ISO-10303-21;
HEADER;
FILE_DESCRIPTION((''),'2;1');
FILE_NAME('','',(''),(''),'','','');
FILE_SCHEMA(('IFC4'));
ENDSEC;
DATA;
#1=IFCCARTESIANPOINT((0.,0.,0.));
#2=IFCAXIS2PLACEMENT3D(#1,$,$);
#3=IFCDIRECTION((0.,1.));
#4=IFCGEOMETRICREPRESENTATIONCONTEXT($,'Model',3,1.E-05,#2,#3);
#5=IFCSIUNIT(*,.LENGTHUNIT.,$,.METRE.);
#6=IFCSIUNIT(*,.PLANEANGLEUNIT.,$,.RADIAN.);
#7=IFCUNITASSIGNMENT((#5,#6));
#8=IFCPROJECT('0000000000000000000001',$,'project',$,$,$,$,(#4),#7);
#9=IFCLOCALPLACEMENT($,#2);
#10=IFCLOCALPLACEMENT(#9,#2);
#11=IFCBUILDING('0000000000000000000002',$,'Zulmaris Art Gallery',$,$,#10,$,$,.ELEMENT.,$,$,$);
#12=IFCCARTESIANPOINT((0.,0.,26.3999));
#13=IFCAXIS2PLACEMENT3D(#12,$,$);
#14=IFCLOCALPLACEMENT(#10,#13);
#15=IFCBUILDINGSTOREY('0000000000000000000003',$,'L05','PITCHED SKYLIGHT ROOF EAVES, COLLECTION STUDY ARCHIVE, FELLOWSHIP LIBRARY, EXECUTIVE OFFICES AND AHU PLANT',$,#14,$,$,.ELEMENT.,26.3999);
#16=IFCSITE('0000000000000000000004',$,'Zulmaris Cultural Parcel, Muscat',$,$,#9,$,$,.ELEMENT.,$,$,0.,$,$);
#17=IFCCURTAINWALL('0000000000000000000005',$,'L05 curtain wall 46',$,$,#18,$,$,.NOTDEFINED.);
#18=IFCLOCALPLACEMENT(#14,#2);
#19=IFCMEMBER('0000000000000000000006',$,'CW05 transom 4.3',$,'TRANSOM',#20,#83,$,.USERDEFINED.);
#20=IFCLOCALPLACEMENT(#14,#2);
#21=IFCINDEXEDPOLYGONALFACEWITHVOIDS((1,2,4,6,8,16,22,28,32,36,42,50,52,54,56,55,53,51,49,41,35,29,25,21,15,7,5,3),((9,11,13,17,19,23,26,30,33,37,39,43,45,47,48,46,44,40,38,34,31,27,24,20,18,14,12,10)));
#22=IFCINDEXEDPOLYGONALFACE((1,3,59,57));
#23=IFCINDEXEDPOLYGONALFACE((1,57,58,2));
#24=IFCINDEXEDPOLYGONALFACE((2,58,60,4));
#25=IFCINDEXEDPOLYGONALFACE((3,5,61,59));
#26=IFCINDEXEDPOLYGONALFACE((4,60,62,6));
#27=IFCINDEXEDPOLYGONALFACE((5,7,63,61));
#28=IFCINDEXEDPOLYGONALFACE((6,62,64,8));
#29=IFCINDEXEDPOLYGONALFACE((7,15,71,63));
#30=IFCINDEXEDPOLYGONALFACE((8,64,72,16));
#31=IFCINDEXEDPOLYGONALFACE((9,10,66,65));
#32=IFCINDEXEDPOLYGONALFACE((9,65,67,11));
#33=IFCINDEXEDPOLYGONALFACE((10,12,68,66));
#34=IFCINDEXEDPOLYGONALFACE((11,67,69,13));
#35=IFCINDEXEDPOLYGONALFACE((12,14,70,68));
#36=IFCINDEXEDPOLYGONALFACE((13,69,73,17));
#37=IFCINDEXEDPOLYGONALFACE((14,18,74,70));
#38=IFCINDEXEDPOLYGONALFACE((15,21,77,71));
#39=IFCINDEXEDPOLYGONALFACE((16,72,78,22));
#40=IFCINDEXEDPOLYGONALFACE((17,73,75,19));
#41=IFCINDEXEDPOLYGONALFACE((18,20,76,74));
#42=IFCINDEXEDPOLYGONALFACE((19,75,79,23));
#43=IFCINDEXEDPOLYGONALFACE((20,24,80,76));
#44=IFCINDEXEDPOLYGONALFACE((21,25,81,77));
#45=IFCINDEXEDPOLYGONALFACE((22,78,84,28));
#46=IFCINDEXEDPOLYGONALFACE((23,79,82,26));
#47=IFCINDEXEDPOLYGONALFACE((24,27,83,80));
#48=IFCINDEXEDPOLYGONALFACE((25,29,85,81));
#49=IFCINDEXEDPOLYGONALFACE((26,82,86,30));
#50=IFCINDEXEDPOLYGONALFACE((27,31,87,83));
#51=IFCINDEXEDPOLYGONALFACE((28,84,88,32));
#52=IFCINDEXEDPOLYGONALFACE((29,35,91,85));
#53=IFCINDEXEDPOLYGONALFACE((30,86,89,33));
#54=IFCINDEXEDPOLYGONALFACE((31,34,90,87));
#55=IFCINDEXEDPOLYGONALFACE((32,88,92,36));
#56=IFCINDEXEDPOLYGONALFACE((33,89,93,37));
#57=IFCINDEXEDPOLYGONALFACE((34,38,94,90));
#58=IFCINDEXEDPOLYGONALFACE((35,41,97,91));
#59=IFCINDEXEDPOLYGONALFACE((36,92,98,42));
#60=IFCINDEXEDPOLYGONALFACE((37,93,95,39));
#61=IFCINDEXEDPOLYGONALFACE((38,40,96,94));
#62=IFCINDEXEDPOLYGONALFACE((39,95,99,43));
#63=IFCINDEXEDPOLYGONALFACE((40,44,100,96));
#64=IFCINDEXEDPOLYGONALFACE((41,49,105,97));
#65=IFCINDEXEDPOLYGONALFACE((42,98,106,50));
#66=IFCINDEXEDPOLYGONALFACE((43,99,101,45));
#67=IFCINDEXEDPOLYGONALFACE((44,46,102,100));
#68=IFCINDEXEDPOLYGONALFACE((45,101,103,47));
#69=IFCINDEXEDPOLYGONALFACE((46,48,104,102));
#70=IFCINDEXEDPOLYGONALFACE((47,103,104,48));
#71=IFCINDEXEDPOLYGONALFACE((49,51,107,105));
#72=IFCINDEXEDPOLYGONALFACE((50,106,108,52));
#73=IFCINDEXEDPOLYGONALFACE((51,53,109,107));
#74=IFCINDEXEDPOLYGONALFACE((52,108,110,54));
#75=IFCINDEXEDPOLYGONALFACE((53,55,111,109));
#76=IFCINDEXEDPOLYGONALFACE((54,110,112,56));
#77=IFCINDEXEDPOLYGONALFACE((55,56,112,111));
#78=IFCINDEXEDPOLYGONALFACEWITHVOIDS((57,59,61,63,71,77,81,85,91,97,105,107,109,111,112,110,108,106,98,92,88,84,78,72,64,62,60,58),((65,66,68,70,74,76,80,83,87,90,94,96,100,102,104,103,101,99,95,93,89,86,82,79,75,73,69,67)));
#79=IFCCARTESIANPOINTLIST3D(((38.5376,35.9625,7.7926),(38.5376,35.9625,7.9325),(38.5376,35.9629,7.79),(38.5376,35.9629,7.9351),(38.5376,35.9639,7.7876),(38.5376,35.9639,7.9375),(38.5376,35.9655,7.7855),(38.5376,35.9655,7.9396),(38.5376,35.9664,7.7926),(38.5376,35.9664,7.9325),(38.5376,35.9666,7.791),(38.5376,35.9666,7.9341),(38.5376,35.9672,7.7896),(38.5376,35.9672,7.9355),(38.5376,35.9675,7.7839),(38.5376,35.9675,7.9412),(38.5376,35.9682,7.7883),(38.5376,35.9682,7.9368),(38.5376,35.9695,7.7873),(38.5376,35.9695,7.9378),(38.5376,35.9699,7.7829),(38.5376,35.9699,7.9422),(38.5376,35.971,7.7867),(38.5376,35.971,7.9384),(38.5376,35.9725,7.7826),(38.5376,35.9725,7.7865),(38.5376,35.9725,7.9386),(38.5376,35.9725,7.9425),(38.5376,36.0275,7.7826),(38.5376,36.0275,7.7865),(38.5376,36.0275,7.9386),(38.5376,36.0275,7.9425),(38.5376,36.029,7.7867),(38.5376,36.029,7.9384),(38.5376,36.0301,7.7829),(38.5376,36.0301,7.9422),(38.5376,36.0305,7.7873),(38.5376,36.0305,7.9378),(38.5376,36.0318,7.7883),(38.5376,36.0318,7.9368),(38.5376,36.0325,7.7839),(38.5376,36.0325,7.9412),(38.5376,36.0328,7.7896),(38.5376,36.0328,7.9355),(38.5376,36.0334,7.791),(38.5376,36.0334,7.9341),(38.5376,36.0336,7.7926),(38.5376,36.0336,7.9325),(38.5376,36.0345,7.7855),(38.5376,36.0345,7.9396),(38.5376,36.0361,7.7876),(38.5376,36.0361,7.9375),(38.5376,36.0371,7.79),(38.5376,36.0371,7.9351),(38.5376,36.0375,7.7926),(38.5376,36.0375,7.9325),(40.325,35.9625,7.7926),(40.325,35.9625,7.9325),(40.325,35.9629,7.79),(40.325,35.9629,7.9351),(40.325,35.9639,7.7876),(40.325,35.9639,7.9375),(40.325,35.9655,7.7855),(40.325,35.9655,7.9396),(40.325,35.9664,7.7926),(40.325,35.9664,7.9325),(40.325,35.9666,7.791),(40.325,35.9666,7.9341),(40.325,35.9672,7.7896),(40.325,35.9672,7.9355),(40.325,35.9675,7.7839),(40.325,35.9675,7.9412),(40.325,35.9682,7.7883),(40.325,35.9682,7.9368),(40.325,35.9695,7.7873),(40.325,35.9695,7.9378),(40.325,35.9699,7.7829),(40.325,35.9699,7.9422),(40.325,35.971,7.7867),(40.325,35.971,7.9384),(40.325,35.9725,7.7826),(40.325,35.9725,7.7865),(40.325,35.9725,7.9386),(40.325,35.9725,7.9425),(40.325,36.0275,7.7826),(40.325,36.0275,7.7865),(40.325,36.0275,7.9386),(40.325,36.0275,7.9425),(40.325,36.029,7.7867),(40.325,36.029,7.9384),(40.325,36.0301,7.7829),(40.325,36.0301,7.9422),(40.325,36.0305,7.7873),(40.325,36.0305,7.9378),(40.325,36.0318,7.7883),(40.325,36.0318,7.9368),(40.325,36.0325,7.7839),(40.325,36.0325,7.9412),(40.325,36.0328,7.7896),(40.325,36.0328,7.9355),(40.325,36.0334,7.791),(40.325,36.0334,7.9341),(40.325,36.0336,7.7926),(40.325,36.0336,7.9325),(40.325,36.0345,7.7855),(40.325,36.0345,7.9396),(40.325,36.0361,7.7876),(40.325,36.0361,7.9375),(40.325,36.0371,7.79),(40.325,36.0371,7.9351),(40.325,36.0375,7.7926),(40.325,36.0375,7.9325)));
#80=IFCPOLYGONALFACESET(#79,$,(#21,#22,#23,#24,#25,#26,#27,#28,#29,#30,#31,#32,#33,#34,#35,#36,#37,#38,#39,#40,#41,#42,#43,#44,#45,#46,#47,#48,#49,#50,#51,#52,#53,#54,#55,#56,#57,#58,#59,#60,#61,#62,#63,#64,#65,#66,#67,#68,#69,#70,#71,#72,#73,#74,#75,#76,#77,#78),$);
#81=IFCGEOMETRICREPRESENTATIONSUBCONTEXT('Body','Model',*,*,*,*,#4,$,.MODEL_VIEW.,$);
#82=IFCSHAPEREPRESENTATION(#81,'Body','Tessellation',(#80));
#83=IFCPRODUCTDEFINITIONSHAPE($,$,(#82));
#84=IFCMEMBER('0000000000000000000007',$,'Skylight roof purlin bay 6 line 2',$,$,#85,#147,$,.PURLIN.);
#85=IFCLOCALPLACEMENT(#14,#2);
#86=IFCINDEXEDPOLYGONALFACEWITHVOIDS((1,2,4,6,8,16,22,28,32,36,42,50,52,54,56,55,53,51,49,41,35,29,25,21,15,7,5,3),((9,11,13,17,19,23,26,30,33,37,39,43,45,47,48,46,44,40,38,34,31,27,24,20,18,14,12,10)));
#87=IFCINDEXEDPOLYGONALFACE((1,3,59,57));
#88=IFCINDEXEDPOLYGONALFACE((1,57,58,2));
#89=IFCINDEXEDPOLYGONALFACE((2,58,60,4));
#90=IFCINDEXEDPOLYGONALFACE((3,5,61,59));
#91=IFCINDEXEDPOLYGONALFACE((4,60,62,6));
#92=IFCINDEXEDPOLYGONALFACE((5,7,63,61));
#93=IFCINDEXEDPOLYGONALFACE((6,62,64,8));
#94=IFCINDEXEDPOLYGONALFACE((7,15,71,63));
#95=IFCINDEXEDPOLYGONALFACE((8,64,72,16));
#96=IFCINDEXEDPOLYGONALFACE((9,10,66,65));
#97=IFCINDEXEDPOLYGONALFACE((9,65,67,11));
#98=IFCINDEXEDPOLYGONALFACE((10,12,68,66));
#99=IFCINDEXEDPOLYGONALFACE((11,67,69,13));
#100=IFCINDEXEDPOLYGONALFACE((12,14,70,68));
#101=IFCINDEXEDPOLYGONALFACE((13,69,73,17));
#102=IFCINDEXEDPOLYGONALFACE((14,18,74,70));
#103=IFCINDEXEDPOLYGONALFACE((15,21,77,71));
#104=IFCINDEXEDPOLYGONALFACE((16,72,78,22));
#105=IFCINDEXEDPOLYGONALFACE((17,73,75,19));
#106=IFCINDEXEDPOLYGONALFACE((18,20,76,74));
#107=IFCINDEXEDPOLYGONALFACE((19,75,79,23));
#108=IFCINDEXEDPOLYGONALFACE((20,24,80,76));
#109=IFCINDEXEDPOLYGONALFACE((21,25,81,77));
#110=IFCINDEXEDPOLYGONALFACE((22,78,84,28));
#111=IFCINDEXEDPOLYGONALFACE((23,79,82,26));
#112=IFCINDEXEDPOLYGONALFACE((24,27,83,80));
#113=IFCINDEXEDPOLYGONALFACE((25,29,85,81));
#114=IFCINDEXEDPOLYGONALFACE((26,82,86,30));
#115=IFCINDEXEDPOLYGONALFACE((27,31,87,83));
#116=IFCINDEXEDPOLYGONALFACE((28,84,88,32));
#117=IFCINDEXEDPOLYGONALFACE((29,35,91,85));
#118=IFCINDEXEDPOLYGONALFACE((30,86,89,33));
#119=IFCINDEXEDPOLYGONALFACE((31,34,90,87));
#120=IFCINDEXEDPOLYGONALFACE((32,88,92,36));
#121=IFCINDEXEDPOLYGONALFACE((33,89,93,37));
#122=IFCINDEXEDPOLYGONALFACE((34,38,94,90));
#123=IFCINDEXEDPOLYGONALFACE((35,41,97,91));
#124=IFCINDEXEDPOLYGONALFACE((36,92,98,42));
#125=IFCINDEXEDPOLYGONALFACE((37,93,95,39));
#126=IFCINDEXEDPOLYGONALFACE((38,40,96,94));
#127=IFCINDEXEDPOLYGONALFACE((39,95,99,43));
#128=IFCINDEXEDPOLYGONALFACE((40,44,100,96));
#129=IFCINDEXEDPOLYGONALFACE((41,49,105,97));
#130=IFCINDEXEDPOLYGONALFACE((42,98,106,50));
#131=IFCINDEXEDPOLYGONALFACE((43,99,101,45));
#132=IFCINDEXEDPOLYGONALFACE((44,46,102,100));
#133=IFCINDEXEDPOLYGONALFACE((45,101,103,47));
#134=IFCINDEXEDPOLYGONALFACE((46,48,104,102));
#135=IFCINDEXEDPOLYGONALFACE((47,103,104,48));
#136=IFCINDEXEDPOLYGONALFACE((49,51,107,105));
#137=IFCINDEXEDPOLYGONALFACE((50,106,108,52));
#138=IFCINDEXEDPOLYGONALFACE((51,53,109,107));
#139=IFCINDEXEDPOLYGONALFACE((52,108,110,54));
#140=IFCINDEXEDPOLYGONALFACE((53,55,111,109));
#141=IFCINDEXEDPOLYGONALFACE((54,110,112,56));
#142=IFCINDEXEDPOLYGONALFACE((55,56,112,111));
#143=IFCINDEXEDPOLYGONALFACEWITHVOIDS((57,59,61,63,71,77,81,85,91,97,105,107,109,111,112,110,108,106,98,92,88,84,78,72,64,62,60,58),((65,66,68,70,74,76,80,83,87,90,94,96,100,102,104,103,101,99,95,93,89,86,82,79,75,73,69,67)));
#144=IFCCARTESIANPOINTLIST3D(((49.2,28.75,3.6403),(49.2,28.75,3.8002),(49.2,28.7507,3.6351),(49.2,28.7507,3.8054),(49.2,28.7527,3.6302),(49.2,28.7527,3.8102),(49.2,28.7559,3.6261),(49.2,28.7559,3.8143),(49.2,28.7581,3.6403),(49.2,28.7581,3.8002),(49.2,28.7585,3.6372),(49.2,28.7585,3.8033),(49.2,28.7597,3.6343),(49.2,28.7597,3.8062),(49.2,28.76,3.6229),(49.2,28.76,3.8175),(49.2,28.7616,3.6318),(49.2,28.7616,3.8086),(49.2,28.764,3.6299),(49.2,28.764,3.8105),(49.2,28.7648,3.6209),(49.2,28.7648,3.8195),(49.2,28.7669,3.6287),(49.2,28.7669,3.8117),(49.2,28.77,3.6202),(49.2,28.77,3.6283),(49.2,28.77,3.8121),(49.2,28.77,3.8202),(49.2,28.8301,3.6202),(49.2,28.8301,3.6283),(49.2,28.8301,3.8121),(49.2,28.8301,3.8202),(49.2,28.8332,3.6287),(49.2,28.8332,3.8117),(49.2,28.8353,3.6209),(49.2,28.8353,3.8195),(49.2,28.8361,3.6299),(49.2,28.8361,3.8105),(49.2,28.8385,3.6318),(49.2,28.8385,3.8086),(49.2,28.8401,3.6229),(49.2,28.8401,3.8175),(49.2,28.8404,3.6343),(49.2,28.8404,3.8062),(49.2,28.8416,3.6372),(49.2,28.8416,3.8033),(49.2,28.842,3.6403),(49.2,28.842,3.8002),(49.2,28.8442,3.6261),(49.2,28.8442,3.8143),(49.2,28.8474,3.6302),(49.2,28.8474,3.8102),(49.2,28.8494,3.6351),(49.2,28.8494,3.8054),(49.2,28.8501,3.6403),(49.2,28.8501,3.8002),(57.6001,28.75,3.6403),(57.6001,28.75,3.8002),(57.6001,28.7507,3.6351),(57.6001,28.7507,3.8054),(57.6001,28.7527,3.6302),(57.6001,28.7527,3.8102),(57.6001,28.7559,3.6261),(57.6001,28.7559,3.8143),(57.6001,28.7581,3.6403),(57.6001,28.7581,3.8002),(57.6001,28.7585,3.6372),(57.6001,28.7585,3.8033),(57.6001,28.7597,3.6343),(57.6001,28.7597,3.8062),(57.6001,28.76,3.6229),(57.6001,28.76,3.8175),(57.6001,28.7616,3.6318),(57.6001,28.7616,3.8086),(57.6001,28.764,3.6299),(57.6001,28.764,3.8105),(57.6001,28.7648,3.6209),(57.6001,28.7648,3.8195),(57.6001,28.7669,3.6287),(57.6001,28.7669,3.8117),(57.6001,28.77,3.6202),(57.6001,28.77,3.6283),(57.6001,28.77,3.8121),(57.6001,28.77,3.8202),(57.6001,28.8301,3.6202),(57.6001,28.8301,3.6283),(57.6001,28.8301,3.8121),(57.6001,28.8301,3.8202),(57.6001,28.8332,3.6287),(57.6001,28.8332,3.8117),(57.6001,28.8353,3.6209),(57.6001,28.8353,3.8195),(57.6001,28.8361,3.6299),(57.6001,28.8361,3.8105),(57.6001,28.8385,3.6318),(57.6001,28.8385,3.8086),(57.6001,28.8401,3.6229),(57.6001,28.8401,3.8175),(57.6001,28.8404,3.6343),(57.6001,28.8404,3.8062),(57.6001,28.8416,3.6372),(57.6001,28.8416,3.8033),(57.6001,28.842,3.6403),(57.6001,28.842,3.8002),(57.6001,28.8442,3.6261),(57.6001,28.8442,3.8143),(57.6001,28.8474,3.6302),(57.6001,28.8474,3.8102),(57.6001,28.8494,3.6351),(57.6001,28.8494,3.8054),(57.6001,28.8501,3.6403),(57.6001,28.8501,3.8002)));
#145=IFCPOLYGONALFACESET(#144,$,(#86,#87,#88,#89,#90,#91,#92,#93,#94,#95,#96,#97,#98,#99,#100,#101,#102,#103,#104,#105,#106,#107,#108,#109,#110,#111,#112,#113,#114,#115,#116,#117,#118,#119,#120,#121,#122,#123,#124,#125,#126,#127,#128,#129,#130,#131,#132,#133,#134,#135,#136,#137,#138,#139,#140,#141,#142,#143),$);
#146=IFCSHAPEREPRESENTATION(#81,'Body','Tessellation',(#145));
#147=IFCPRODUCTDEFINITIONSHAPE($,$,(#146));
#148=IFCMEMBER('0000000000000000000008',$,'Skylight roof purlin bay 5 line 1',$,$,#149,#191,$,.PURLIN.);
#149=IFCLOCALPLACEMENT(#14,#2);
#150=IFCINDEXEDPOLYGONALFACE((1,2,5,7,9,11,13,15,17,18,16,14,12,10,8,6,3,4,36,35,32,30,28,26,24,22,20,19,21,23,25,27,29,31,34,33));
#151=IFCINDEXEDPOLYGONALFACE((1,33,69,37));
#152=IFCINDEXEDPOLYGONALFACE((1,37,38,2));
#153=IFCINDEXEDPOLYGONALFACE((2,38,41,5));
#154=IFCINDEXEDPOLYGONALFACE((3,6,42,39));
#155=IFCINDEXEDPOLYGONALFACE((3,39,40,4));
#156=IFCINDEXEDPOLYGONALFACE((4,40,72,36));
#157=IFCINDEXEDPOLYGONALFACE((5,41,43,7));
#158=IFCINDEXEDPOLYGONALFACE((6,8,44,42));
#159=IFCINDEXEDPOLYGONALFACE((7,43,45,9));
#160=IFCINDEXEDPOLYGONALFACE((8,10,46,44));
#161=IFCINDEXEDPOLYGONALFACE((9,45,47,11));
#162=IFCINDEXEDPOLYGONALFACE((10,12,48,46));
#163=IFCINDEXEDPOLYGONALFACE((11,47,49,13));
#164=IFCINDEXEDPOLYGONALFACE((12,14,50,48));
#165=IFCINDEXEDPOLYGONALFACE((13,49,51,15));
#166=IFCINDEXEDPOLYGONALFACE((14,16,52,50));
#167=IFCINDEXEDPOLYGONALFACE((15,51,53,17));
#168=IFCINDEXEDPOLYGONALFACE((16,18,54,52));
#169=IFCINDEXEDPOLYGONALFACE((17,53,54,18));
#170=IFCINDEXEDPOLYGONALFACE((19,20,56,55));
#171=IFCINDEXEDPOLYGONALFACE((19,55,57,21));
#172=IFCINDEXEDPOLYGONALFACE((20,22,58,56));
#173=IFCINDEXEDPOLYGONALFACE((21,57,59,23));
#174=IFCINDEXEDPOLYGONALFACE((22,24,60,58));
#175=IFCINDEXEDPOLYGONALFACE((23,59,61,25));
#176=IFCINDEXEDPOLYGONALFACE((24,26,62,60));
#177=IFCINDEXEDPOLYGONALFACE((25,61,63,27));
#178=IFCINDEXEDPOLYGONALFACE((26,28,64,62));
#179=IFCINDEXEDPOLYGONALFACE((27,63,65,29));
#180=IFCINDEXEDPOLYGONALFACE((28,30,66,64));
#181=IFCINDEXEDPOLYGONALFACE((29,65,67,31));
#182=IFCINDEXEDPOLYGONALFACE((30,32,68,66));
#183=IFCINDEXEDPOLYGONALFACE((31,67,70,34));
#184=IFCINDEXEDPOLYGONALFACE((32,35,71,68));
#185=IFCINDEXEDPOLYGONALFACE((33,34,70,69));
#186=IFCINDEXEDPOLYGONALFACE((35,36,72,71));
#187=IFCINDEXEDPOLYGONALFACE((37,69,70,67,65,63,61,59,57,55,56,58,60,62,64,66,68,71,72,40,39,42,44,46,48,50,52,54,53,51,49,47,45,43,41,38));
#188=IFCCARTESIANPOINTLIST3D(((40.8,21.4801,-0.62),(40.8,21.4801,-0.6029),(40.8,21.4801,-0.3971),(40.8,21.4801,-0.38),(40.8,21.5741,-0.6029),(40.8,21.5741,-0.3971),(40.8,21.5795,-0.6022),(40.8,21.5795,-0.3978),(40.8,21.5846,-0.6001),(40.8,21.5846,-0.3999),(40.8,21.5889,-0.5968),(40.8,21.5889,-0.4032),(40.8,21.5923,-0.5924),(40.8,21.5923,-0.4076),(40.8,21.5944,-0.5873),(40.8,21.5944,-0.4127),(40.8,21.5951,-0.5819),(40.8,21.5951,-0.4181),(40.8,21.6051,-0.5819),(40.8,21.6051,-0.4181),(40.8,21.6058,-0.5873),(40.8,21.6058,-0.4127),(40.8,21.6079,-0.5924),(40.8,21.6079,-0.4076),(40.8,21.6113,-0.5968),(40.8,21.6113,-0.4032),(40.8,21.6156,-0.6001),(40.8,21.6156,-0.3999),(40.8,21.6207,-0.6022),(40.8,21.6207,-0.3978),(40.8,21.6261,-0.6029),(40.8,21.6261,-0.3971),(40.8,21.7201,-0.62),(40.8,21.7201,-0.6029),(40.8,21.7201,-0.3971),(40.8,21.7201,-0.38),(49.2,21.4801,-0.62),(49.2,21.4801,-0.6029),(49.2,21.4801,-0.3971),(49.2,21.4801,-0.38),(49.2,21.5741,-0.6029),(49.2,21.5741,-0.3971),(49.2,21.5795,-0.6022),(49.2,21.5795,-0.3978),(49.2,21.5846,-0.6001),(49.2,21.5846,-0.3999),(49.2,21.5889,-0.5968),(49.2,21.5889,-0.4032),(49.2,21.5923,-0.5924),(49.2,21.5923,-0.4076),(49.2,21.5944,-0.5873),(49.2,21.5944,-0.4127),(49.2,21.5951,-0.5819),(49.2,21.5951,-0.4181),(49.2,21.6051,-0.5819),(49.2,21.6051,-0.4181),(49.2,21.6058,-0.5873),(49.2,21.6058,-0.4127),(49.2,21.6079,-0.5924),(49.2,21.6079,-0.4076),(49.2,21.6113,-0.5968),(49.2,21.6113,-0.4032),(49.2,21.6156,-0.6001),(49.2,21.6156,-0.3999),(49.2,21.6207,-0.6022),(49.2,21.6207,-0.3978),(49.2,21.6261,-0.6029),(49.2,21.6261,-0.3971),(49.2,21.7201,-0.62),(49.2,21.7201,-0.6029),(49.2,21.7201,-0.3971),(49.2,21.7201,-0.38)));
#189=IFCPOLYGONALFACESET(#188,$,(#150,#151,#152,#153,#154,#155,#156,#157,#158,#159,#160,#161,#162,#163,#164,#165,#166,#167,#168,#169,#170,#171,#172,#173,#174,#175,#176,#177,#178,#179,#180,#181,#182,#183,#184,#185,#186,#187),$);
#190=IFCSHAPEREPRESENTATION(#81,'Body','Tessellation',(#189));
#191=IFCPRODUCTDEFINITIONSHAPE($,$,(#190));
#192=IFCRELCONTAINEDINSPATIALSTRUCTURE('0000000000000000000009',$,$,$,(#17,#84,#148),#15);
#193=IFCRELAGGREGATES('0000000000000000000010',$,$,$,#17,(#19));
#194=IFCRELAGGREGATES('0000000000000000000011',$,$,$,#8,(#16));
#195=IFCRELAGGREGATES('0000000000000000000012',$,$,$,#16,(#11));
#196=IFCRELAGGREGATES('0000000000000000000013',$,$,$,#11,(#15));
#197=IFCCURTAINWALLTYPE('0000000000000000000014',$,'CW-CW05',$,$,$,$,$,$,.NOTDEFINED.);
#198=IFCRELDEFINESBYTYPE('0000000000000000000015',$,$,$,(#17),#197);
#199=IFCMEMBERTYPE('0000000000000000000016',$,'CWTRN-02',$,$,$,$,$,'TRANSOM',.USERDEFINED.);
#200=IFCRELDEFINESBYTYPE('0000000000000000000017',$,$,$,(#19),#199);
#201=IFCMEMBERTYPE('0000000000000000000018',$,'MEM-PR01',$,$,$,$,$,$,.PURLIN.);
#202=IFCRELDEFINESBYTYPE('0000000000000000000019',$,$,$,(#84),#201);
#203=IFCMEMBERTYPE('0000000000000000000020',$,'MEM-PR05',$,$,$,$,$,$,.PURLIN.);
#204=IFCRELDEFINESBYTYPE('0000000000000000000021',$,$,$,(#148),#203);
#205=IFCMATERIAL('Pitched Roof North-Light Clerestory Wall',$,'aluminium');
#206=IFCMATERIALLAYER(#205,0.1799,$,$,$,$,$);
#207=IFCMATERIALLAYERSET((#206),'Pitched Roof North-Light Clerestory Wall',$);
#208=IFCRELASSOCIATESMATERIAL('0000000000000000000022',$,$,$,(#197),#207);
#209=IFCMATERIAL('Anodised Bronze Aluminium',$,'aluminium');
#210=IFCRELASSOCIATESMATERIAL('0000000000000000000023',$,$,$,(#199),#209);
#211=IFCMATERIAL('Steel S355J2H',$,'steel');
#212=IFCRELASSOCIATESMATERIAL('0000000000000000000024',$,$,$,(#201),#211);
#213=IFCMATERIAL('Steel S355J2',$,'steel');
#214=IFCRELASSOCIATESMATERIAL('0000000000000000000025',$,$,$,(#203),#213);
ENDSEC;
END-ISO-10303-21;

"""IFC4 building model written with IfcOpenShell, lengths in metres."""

from ifc_helpers import new_model, si_unit, direction, frame, origin, origin_2d, place, context, subcontext, project, spatial, hollow_rectangle, i_section, extrude, material, layer, layer_set, material_profile, profile_set, type_object, element, aggregate, save


model = new_model("IFC4")

# Units and contexts
model_context = context("Model", 3, precision=1e-05, world=origin(), true_north=direction((0.0, 1.0)))
body_context = subcontext(model_context, "Body", "Model", "MODEL_VIEW")
ifc_project = project(units=[si_unit("LENGTHUNIT", "METRE"), si_unit("PLANEANGLEUNIT", "RADIAN")], contexts=[model_context])

# Site, building, storey
site_placement = place(None, origin())
site = spatial("IfcSite", under=ifc_project, at=site_placement, Name="Zulmaris Cultural Parcel, Muscat", CompositionType="ELEMENT", RefElevation=0.0)
building_placement = place(site_placement, origin())
building = spatial("IfcBuilding", under=site, at=building_placement, Name="Zulmaris Art Gallery", CompositionType="ELEMENT")
storey_placement = place(building_placement, frame((0.0, 0.0, 26.3999)))
storey = spatial("IfcBuildingStorey", under=building, at=storey_placement, Name="L05", Description="PITCHED SKYLIGHT ROOF EAVES, COLLECTION STUDY ARCHIVE, FELLOWSHIP LIBRARY, EXECUTIVE OFFICES AND AHU PLANT", CompositionType="ELEMENT", Elevation=26.3999)

# Curtain wall, member
ifc_material_1 = material(Name="Pitched Roof North-Light Clerestory Wall", Category="aluminium")
ifc_layer_1 = layer(ifc_material_1, 0.1799)
ifc_layer_set_1 = layer_set([ifc_layer_1], Name="Pitched Roof North-Light Clerestory Wall")
curtain_wall_type = type_object("IfcCurtainWallType", Name="CW-CW05", PredefinedType="NOTDEFINED", material=ifc_layer_set_1)
curtain_wall_placement = place(storey_placement, origin())
curtain_wall = element("IfcCurtainWall", 1, at=curtain_wall_placement, inside=storey, type_object=curtain_wall_type, Name="L05 curtain wall 46", PredefinedType="NOTDEFINED")
ifc_material_2 = material(Name="Anodised Bronze Aluminium", Category="aluminium")
ifc_material_profile_1 = material_profile(ifc_material_2, hollow_rectangle(XDim=0.075, YDim=0.1599, WallThickness=0.0039, InnerFilletRadius=0.0061, OuterFilletRadius=0.01, at=origin_2d()), Name="ALU 75x160x4")
ifc_profile_set_1 = profile_set([ifc_material_profile_1], Name="Anodised Bronze Aluminium")
member_type_1 = type_object("IfcMemberType", Name="CWTRN-02", ElementType="TRANSOM", PredefinedType="USERDEFINED", material=ifc_profile_set_1)
member_1_placement = place(storey_placement, frame((38.5376, 36.0, 7.8625), z_axis=(1.0, 0.0, 0.0), x_axis=(0.0, 1.0, 0.0)))
member_1 = element("IfcMember", 2, at=member_1_placement, type_object=member_type_1, Name="CW05 transom 4.3", ObjectType="TRANSOM", PredefinedType="USERDEFINED", context=body_context, shape_type="SweptSolid", body=[
    extrude(hollow_rectangle(XDim=0.075, YDim=0.1599, WallThickness=0.0039, InnerFilletRadius=0.0061, OuterFilletRadius=0.01, at=origin_2d()), origin(), (0.0, 0.0, 1.0), 1.7874),
])

# Members
ifc_material_3 = material(Name="Steel S355J2H", Category="steel")
ifc_material_profile_2 = material_profile(ifc_material_3, hollow_rectangle(XDim=0.1001, YDim=0.2, WallThickness=0.0081, InnerFilletRadius=0.012, OuterFilletRadius=0.02, at=origin_2d()), Name="RHS 200x100x8")
ifc_profile_set_2 = profile_set([ifc_material_profile_2], Name="Steel S355J2H")
member_type_2 = type_object("IfcMemberType", Name="MEM-PR01", PredefinedType="PURLIN", material=ifc_profile_set_2)
member_2_placement = place(storey_placement, frame((49.2, 28.8, 3.7202), z_axis=(1.0, 0.0, 0.0), x_axis=(0.0, 1.0, 0.0)))
element("IfcMember", 3, at=member_2_placement, inside=storey, type_object=member_type_2, Name="Skylight roof purlin bay 6 line 2", PredefinedType="PURLIN", context=body_context, shape_type="SweptSolid", body=[
    extrude(hollow_rectangle(XDim=0.1001, YDim=0.2, WallThickness=0.0081, InnerFilletRadius=0.012, OuterFilletRadius=0.02, at=origin_2d()), origin(), (0.0, 0.0, 1.0), 8.4001),
])
ifc_material_4 = material(Name="Steel S355J2", Category="steel")
ifc_material_profile_3 = material_profile(ifc_material_4, i_section(OverallWidth=0.24, OverallDepth=0.24, WebThickness=0.01, FlangeThickness=0.0171, FilletRadius=0.021, at=origin_2d()), Name="HEB 240")
ifc_profile_set_3 = profile_set([ifc_material_profile_3], Name="Steel S355J2")
member_type_3 = type_object("IfcMemberType", Name="MEM-PR05", PredefinedType="PURLIN", material=ifc_profile_set_3)
member_3_placement = place(storey_placement, frame((40.8, 21.6001, -0.5), z_axis=(1.0, 0.0, 0.0), x_axis=(0.0, 1.0, 0.0)))
element("IfcMember", 4, at=member_3_placement, inside=storey, type_object=member_type_3, Name="Skylight roof purlin bay 5 line 1", PredefinedType="PURLIN", context=body_context, shape_type="SweptSolid", body=[
    extrude(i_section(OverallWidth=0.24, OverallDepth=0.24, WebThickness=0.01, FlangeThickness=0.0171, FilletRadius=0.021, at=origin_2d()), origin(), (0.0, 0.0, 1.0), 8.3999),
])

aggregate(curtain_wall, [member_1])

save(model, "model.ifc")
